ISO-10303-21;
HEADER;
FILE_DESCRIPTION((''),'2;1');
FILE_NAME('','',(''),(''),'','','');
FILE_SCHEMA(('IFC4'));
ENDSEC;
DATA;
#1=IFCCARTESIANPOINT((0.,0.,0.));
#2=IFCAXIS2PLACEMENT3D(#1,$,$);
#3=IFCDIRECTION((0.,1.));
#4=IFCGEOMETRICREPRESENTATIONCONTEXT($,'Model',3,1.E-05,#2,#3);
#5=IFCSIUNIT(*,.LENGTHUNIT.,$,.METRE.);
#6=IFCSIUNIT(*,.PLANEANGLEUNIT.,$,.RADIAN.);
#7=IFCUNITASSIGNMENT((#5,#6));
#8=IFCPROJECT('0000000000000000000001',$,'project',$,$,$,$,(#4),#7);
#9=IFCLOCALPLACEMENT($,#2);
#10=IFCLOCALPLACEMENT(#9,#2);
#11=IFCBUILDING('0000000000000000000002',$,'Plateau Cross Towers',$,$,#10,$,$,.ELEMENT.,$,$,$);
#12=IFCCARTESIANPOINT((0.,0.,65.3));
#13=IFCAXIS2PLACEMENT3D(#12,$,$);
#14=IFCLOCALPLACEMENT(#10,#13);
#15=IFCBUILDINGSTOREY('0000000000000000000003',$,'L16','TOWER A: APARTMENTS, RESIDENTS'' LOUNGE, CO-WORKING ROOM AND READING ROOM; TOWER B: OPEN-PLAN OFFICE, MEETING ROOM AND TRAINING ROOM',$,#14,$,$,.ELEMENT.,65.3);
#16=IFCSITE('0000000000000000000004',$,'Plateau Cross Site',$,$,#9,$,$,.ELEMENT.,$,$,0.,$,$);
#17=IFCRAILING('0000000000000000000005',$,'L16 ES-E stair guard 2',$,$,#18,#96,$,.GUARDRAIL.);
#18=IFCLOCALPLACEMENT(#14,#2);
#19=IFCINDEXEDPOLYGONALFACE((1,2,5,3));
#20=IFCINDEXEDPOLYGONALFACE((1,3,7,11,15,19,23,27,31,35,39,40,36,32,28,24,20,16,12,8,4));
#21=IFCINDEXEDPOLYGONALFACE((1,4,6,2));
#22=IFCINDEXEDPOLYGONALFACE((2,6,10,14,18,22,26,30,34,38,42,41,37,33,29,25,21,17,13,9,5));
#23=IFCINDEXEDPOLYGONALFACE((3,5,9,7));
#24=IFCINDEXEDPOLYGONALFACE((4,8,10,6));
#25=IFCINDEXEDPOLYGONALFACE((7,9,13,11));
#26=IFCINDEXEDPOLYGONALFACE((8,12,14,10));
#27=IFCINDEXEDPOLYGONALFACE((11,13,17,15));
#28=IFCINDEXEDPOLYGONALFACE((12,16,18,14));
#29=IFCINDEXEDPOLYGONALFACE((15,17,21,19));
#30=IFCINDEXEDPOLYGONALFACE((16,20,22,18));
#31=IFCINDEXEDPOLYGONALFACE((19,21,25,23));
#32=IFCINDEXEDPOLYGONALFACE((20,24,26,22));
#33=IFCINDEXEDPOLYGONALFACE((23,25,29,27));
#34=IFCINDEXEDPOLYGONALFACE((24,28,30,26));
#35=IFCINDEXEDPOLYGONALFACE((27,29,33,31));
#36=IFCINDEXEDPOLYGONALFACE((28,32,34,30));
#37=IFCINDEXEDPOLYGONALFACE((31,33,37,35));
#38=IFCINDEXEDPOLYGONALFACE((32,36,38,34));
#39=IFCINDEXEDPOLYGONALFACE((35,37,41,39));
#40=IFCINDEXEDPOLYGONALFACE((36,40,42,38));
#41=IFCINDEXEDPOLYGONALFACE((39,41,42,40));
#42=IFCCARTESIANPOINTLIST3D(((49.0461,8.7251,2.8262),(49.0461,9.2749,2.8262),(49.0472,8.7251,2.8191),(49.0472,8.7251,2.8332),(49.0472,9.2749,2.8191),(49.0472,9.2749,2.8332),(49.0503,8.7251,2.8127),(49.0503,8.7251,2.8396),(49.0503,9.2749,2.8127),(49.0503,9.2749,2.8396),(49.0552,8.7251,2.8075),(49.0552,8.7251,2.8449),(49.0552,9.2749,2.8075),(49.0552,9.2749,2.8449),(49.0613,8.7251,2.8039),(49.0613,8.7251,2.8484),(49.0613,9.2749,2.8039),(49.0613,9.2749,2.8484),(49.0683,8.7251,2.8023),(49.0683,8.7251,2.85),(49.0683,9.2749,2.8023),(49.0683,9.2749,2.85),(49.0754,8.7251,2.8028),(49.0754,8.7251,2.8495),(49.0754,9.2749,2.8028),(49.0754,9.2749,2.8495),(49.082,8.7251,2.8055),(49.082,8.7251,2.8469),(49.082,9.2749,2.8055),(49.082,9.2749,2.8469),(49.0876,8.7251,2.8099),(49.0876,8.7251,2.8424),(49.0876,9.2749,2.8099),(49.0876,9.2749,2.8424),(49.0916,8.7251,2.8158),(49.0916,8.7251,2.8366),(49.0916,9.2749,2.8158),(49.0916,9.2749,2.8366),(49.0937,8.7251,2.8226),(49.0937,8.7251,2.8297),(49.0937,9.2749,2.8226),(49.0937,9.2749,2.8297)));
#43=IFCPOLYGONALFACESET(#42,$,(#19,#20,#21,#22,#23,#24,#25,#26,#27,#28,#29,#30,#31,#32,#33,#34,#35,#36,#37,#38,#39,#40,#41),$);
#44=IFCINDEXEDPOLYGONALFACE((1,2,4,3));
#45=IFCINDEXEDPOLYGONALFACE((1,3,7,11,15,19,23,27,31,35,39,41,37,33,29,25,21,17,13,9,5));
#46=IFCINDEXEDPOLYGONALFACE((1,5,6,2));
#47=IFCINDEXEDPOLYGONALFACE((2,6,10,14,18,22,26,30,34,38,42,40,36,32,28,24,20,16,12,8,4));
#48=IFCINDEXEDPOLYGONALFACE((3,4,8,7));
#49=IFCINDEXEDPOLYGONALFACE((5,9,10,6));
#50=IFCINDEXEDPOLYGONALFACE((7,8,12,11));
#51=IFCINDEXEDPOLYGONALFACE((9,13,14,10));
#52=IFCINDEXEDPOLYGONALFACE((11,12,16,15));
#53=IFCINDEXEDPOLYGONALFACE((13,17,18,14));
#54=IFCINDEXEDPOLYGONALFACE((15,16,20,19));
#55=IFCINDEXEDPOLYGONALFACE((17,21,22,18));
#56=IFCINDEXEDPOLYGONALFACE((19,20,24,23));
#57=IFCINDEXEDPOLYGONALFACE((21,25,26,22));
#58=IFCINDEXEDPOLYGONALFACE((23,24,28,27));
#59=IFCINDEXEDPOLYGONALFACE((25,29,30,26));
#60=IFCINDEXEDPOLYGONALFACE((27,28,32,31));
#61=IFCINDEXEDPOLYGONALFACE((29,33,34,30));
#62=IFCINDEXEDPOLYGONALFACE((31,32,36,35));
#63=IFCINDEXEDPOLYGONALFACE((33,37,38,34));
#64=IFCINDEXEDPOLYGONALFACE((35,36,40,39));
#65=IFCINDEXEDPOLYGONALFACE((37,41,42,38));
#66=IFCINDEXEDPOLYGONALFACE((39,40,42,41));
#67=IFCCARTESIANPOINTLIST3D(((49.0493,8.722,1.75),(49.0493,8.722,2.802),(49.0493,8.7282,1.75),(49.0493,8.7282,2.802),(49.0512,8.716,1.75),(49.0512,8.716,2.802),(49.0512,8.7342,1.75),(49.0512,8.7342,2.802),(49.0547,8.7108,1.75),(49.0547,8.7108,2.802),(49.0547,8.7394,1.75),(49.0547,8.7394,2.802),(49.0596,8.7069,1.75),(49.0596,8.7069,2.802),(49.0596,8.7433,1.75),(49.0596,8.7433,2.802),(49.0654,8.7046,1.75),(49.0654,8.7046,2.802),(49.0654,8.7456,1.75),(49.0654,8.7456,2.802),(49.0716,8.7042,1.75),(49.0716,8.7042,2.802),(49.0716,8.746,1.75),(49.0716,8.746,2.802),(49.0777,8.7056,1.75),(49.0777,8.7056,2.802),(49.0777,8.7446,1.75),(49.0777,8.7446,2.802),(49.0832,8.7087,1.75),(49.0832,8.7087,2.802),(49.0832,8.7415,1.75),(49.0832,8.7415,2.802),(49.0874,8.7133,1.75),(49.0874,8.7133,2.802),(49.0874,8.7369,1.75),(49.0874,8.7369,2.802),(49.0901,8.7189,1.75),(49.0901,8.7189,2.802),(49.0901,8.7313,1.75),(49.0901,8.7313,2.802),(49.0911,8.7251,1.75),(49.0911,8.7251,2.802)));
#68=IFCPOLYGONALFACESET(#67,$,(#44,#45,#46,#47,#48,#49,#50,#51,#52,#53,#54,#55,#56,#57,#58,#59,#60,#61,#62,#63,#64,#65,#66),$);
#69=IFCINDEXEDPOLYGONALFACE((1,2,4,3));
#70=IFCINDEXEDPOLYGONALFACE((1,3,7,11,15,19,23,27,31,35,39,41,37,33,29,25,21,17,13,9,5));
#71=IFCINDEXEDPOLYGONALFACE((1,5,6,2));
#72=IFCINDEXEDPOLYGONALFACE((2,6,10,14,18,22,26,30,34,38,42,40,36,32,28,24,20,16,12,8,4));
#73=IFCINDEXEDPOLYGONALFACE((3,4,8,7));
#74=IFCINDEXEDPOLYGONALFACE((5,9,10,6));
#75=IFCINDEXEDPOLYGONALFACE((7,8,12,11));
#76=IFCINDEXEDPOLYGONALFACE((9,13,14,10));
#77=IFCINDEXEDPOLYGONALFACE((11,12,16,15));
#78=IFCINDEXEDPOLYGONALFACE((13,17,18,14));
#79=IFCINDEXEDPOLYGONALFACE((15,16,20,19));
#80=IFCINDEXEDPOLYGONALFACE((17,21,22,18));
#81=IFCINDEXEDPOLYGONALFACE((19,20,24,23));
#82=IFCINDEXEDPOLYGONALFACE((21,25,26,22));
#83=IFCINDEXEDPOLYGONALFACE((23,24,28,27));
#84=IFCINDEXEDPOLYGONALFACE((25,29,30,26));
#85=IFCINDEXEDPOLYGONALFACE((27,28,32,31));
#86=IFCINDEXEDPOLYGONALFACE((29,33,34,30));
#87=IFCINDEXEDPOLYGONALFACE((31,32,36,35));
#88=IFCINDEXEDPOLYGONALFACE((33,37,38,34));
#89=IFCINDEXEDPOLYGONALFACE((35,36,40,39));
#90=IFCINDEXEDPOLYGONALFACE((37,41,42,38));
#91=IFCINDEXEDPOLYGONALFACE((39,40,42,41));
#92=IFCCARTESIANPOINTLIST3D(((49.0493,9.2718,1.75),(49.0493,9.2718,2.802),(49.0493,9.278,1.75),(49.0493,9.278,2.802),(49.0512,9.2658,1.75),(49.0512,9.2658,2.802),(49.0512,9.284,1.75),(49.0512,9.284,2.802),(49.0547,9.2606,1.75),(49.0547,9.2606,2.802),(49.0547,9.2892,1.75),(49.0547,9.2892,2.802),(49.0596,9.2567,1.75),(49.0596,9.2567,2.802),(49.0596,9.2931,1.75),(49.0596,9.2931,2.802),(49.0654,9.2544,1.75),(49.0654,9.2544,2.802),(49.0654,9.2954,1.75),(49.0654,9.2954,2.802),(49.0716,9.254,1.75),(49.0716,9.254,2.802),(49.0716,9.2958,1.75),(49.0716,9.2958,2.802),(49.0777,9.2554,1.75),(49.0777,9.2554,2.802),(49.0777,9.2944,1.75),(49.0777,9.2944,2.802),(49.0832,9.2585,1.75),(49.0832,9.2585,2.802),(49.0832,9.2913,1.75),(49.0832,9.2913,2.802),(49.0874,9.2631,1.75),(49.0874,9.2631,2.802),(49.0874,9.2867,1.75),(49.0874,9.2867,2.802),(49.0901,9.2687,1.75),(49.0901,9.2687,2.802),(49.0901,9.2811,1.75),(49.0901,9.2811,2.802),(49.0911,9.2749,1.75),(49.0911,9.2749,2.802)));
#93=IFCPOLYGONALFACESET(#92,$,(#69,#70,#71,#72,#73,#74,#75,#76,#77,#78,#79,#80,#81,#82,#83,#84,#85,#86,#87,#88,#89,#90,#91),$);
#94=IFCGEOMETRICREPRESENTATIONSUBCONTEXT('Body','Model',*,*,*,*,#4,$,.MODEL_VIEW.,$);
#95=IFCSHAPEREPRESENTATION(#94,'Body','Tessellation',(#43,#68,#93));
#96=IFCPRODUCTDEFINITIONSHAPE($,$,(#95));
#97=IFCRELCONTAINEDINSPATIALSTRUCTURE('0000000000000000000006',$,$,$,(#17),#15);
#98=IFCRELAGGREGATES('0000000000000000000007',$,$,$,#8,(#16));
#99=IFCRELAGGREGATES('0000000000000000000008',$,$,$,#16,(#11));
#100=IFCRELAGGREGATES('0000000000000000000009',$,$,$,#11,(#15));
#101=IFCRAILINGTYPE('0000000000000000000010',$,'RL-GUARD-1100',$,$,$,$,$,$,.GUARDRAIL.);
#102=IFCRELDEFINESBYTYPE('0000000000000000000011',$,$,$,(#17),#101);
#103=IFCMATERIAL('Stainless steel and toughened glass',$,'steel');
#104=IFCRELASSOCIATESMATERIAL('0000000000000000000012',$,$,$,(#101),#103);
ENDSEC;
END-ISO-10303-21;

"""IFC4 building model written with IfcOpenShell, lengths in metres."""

from ifc_helpers import new_model, si_unit, direction, frame, origin, origin_2d, place, context, subcontext, project, spatial, circle, extrude, material, type_object, element, save


model = new_model("IFC4")

# Units and contexts
model_context = context("Model", 3, precision=1e-05, world=origin(), true_north=direction((0.0, 1.0)))
body_context = subcontext(model_context, "Body", "Model", "MODEL_VIEW")
ifc_project = project(units=[si_unit("LENGTHUNIT", "METRE"), si_unit("PLANEANGLEUNIT", "RADIAN")], contexts=[model_context])

# Site, building, storey
site_placement = place(None, origin())
site = spatial("IfcSite", under=ifc_project, at=site_placement, Name="Plateau Cross Site", CompositionType="ELEMENT", RefElevation=0.0)
building_placement = place(site_placement, origin())
building = spatial("IfcBuilding", under=site, at=building_placement, Name="Plateau Cross Towers", CompositionType="ELEMENT")
storey_placement = place(building_placement, frame((0.0, 0.0, 65.3)))
storey = spatial("IfcBuildingStorey", under=building, at=storey_placement, Name="L16", Description="TOWER A: APARTMENTS, RESIDENTS' LOUNGE, CO-WORKING ROOM AND READING ROOM; TOWER B: OPEN-PLAN OFFICE, MEETING ROOM AND TRAINING ROOM", CompositionType="ELEMENT", Elevation=65.3)

# Railing
ifc_material_1 = material(Name="Stainless steel and toughened glass", Category="steel")
railing_type_1 = type_object("IfcRailingType", Name="RL-GUARD-1100", PredefinedType="GUARDRAIL", material=ifc_material_1)
railing_1_placement = place(storey_placement, frame((49.0701, 8.7251, 1.75)))
element("IfcRailing", 1, at=railing_1_placement, inside=storey, type_object=railing_type_1, Name="L16 ES-E stair guard 2", PredefinedType="GUARDRAIL", context=body_context, shape_type="SweptSolid", body=[
    extrude(circle(Radius=0.0239, at=origin_2d()), frame((0.0, 0.0, 1.0762), z_axis=(0.0, 1.0, 0.0), x_axis=(-1.0, 0.0, 0.0)), (0.0, 0.0, 1.0), 0.5498),
    extrude(circle(Radius=0.021, at=origin_2d()), origin(), (0.0, 0.0, 1.0), 1.052),
    extrude(circle(Radius=0.021, at=origin_2d()), frame((0.0, 0.5498, 0.0)), (0.0, 0.0, 1.0), 1.052),
])

save(model, "model.ifc")
